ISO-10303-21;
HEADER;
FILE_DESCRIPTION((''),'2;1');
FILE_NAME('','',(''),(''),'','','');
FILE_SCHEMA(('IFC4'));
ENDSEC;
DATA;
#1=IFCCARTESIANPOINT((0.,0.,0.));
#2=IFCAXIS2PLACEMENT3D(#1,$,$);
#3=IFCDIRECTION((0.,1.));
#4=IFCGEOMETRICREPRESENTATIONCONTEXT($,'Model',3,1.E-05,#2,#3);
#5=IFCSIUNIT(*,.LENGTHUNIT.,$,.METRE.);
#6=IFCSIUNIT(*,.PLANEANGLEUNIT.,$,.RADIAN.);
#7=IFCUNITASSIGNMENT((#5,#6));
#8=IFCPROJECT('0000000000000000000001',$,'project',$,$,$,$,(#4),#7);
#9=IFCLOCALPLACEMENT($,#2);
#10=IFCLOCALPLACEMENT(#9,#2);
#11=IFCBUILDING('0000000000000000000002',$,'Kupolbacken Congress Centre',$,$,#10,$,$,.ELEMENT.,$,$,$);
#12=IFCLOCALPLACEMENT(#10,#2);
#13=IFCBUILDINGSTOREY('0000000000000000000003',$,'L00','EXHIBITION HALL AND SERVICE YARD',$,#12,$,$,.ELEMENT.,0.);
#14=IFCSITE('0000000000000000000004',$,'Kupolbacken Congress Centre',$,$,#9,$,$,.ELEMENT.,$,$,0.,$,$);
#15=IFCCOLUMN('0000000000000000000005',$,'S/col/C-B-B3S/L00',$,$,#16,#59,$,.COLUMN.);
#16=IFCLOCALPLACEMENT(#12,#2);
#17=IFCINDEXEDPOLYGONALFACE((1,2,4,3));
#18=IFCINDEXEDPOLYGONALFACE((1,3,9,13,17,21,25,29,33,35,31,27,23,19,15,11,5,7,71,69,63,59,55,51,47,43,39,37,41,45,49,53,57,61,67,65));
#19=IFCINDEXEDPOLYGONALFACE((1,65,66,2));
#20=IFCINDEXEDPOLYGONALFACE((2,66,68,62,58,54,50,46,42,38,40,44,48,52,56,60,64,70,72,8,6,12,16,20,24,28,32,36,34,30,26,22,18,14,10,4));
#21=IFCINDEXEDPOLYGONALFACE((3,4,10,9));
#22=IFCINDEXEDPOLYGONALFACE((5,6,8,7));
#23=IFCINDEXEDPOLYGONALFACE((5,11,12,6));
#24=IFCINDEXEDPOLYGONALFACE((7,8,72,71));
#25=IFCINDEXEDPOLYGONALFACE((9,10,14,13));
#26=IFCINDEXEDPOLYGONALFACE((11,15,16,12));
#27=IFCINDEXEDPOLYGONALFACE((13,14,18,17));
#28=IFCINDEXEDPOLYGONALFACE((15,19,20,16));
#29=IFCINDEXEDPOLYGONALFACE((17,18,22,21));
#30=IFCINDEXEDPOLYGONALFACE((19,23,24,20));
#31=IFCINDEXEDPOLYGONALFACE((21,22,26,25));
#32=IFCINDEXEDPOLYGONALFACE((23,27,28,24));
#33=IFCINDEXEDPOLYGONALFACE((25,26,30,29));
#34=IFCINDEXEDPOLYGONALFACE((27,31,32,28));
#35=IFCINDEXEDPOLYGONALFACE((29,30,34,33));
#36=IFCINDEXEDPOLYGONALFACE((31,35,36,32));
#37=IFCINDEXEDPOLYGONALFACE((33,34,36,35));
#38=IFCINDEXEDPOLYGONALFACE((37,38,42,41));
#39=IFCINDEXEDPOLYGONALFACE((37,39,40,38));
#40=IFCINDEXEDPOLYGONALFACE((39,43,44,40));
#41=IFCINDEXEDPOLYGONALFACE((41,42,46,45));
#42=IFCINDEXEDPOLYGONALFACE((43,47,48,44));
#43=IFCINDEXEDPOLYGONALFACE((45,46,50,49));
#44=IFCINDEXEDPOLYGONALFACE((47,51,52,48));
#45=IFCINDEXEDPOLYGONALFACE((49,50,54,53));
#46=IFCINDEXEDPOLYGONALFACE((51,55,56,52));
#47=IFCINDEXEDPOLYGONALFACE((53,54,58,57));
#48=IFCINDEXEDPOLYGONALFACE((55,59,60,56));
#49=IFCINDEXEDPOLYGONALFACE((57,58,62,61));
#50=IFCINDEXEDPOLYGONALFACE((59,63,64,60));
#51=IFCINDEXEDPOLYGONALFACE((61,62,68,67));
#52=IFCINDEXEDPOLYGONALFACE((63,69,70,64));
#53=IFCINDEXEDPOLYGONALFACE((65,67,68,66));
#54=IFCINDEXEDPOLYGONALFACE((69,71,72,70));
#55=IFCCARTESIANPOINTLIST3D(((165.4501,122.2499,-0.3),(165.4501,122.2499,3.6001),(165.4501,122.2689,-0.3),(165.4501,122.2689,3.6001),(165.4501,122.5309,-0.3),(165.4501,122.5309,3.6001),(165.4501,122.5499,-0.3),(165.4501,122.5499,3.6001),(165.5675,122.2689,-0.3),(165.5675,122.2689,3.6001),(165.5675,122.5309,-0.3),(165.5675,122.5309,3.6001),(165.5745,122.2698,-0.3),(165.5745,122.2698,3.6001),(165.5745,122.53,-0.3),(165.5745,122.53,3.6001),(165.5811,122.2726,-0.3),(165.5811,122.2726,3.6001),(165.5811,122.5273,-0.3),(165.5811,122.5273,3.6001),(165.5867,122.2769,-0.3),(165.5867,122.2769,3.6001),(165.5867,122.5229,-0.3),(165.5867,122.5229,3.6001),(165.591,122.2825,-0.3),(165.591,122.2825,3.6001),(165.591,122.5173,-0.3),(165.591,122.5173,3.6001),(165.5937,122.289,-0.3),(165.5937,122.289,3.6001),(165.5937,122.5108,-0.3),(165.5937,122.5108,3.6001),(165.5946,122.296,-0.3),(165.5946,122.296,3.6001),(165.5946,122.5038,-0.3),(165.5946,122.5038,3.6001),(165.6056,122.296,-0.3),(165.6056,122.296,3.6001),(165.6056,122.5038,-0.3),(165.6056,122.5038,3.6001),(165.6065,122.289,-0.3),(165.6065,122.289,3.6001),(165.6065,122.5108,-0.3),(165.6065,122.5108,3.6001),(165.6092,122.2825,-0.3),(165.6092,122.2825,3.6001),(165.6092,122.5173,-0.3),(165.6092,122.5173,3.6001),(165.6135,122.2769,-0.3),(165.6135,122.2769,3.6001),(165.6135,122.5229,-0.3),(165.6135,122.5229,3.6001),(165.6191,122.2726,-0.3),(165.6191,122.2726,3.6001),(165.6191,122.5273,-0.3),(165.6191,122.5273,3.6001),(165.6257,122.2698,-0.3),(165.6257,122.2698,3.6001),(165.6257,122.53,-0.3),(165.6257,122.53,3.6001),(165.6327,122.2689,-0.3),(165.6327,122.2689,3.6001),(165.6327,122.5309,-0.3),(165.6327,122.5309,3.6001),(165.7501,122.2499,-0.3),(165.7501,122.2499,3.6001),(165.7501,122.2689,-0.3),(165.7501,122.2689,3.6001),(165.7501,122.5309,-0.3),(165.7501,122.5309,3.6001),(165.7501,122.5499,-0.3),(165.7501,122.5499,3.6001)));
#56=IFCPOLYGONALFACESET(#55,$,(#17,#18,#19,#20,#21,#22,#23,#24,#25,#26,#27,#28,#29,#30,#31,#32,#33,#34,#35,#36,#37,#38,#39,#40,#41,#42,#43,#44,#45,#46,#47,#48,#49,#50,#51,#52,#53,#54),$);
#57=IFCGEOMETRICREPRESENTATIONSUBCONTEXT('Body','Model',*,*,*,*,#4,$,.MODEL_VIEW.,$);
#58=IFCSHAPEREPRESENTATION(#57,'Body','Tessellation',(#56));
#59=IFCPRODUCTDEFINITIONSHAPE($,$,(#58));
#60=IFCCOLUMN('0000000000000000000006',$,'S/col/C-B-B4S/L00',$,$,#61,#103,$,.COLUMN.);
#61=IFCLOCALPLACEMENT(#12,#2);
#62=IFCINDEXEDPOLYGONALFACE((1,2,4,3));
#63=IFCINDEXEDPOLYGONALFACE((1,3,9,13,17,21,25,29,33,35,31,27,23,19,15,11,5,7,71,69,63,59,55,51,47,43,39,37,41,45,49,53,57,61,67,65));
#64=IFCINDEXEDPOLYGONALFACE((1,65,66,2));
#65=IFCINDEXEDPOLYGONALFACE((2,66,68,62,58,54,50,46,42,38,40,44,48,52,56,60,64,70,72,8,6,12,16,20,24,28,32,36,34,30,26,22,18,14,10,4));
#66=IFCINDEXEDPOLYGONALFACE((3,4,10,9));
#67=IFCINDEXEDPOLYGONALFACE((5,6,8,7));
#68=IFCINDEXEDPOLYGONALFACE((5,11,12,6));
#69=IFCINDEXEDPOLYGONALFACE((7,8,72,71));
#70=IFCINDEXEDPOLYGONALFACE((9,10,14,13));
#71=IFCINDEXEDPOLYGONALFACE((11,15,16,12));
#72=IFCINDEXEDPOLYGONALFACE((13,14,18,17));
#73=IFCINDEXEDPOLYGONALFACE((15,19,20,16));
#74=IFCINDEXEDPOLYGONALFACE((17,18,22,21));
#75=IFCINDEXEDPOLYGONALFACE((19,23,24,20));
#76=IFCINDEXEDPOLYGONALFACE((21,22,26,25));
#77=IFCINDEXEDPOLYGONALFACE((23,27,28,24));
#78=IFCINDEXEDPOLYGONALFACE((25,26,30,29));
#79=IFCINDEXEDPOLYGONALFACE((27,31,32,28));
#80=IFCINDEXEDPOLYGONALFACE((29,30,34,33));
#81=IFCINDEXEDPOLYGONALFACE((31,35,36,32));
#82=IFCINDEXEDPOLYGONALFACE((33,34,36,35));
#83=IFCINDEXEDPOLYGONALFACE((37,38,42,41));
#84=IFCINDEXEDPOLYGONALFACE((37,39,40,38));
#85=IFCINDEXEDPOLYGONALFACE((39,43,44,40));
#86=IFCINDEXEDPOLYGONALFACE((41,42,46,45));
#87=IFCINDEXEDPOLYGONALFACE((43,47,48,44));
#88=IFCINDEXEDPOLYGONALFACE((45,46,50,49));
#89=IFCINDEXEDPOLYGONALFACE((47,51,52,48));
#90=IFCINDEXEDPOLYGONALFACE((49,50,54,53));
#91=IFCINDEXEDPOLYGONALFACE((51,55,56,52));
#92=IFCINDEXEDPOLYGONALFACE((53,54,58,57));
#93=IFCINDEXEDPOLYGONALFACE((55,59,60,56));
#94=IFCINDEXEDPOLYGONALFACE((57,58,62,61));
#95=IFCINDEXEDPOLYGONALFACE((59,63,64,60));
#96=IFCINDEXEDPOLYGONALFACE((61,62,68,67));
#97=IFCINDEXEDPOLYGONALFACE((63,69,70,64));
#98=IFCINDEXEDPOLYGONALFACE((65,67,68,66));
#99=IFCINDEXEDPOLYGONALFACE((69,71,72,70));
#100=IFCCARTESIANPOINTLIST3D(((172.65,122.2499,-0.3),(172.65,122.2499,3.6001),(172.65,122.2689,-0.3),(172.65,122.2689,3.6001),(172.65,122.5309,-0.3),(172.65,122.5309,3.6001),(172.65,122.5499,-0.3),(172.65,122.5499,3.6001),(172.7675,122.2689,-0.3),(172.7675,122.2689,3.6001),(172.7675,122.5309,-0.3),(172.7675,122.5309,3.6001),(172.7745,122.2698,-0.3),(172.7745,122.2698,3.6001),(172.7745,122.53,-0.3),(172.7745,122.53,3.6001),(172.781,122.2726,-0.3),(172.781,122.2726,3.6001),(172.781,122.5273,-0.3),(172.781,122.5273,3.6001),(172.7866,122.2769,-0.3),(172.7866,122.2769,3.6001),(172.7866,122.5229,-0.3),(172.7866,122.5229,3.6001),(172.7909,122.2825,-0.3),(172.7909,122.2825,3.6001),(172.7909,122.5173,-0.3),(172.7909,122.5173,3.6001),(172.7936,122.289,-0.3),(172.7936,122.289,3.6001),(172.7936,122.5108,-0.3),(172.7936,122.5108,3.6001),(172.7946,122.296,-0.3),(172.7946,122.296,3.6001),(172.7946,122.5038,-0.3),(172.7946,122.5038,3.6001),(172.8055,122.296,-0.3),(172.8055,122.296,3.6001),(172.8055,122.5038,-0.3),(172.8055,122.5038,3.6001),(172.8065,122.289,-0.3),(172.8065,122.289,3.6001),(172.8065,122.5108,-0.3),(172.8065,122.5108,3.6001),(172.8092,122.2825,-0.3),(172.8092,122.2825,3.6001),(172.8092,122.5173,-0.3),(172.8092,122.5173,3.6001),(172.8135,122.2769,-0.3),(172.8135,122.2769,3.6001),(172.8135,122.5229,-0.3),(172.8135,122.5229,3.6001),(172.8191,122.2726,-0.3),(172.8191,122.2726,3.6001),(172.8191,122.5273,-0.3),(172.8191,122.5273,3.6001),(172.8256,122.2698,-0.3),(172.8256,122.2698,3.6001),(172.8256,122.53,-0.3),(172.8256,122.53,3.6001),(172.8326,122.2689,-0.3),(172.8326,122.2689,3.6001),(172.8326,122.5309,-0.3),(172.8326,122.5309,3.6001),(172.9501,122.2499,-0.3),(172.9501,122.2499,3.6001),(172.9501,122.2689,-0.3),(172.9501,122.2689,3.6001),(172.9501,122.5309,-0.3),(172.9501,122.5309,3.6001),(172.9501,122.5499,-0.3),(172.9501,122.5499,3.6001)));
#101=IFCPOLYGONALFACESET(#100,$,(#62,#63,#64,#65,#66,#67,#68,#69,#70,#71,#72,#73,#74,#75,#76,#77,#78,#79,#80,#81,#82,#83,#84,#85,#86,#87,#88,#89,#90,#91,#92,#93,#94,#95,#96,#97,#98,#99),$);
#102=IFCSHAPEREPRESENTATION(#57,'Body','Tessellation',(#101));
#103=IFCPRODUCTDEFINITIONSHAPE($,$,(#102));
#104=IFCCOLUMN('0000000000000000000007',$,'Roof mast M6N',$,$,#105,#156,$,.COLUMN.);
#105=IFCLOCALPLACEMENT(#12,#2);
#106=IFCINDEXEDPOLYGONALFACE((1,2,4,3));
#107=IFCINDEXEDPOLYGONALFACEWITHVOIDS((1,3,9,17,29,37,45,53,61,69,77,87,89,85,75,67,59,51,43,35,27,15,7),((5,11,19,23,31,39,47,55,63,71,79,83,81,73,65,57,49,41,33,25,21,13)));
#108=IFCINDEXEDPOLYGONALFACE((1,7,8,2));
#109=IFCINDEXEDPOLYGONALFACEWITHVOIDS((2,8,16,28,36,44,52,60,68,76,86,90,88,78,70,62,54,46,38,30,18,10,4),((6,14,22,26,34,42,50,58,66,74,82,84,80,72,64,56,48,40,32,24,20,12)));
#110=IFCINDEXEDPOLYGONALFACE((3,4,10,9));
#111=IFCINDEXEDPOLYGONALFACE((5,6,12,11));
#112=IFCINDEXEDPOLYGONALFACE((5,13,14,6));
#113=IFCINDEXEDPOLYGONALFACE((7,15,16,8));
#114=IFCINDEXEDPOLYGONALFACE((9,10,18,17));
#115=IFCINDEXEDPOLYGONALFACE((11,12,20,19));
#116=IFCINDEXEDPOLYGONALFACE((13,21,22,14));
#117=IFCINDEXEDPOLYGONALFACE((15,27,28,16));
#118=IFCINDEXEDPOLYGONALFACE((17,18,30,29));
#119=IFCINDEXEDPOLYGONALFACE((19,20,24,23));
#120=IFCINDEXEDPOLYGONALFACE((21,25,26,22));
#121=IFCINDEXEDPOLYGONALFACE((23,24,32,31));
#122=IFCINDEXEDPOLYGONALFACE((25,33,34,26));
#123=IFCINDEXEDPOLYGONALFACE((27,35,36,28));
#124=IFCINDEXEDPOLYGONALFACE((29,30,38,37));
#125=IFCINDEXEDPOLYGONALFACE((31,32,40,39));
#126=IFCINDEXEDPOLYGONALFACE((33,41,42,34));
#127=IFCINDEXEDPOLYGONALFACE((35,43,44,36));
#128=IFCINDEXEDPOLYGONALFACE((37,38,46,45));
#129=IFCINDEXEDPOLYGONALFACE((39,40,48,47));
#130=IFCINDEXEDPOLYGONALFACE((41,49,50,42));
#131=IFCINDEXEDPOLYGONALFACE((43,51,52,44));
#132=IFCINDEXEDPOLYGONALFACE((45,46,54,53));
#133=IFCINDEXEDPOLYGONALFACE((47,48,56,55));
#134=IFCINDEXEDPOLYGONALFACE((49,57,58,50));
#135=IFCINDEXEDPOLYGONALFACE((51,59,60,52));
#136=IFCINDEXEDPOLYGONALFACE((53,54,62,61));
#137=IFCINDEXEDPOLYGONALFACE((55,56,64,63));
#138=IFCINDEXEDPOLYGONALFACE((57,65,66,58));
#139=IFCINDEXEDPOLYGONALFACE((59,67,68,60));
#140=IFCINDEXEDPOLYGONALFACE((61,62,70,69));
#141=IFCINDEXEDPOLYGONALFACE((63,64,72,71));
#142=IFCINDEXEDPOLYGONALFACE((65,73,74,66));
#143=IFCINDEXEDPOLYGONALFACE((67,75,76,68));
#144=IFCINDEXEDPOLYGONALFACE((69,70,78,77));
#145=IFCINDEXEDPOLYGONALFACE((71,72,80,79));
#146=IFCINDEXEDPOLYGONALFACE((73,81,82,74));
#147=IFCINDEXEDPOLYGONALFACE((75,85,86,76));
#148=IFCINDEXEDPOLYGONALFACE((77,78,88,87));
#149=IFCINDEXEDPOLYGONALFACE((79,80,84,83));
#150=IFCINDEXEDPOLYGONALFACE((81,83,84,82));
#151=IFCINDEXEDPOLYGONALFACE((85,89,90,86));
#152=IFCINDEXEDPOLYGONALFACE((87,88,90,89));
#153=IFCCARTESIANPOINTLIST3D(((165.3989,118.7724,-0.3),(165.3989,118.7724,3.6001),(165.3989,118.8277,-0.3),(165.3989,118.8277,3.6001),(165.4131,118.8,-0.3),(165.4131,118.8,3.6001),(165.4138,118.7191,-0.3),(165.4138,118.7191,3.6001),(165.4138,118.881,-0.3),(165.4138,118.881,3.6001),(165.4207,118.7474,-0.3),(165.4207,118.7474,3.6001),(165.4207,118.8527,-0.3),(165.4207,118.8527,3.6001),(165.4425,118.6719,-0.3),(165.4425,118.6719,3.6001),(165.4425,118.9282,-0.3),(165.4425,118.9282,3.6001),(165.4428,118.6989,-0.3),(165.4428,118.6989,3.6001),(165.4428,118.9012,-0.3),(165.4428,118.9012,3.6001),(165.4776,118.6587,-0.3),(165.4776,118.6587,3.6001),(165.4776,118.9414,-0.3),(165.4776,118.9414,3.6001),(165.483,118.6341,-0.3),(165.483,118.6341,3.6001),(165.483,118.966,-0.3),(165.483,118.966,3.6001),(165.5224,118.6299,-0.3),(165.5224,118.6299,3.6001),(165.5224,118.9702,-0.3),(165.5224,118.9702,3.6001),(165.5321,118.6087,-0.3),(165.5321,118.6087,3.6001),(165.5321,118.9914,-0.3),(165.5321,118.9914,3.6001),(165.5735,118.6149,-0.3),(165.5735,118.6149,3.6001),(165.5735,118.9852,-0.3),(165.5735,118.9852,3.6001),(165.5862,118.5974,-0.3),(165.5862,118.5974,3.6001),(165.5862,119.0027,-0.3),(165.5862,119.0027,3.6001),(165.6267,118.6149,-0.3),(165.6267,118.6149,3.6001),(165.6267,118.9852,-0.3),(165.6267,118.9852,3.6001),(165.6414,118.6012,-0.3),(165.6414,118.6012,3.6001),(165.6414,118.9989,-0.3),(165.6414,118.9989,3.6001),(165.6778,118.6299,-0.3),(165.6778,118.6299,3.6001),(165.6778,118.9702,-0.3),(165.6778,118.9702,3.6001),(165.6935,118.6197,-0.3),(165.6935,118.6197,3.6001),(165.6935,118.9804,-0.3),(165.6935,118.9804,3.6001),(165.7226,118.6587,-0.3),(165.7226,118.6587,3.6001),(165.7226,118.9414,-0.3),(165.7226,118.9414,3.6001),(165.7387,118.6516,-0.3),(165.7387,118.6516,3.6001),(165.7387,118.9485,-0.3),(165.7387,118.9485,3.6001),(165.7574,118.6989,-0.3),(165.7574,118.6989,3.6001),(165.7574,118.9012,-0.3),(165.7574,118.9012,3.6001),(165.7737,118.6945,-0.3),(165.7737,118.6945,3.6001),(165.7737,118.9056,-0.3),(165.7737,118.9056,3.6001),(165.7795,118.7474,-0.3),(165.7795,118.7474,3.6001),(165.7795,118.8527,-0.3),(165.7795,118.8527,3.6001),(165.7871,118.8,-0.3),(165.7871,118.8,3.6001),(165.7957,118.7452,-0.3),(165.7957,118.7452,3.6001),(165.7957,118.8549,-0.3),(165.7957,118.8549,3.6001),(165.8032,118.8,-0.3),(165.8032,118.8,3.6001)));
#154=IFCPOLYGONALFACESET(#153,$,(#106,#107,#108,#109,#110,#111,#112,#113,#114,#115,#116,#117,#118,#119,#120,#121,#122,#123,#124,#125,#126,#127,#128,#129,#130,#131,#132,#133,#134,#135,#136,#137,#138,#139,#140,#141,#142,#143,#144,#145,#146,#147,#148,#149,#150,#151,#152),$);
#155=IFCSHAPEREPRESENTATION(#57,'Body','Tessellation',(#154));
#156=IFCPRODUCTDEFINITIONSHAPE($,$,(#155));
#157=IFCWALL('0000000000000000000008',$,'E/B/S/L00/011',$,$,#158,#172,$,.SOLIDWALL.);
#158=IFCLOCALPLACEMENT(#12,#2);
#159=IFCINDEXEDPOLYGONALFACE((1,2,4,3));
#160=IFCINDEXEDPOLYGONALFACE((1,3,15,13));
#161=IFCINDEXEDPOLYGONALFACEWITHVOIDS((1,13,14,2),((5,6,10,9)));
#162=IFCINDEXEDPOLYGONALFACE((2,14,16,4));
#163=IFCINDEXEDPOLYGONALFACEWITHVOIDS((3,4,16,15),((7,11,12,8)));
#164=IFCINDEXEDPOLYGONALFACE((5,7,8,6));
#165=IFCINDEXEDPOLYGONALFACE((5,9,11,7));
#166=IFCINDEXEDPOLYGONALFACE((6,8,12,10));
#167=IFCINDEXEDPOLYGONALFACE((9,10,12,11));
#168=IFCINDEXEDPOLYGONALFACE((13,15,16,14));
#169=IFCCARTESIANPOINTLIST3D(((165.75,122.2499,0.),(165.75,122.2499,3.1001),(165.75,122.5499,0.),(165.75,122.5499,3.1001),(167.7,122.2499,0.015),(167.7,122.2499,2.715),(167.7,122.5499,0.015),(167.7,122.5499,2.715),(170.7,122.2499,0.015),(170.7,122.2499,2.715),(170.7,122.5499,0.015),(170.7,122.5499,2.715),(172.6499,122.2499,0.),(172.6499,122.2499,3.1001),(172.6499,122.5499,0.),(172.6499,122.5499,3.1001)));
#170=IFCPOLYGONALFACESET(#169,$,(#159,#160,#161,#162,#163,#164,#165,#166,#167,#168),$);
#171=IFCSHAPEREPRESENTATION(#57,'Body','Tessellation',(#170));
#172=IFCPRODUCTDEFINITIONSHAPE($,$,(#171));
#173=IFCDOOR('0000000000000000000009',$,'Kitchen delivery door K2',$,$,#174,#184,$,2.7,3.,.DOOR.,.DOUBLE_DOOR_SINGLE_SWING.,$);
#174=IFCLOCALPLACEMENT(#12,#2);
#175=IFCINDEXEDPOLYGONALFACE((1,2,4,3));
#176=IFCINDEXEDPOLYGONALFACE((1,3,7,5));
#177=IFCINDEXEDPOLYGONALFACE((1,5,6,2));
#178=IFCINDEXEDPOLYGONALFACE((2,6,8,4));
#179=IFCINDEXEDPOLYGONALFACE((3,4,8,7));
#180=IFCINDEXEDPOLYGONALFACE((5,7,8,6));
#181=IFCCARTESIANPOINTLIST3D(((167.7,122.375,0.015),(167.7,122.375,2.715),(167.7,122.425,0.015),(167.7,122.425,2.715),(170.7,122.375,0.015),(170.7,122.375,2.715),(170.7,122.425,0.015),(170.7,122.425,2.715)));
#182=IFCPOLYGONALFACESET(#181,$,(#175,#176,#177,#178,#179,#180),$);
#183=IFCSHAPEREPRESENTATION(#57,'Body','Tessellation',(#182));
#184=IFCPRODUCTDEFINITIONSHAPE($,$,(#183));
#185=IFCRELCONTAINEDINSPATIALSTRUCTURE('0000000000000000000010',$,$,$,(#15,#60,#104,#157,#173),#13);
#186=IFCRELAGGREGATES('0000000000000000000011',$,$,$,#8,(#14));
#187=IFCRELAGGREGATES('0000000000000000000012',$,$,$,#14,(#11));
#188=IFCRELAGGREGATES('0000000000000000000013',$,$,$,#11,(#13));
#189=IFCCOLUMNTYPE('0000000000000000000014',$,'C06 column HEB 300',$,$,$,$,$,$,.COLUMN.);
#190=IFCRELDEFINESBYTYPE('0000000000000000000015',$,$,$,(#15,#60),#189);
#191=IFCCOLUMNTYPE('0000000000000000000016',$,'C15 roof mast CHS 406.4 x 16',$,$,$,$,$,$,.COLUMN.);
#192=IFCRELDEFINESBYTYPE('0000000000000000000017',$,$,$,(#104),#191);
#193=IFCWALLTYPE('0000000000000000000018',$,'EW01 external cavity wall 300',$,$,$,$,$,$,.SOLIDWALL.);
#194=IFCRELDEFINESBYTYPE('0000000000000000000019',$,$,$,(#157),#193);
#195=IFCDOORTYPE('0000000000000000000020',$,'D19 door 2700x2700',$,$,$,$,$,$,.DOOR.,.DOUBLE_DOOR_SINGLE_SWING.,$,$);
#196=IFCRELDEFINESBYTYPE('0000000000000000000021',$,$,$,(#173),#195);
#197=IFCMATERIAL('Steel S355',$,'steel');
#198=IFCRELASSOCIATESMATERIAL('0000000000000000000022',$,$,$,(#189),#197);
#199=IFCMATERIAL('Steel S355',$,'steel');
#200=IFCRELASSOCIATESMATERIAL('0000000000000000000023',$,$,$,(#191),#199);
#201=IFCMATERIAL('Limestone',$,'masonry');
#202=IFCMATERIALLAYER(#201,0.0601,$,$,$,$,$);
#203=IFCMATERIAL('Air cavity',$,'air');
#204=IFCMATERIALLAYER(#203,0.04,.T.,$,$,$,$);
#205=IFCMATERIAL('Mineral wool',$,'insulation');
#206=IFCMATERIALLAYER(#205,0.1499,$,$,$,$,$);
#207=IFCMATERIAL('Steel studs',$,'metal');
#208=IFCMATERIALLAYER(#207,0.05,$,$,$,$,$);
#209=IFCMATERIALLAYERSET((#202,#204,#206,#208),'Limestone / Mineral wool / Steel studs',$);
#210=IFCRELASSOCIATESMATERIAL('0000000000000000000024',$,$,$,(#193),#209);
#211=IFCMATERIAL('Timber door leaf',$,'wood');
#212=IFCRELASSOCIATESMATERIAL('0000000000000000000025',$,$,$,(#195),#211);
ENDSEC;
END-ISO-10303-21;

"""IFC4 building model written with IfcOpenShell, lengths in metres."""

from ifc_helpers import new_model, si_unit, direction, frame, frame_2d, origin, origin_2d, place, context, subcontext, project, spatial, rectangle, hollow_circle, i_section, extrude, material, layer, layer_set, material_profile, profile_set, type_object, element, fill, save


model = new_model("IFC4")

# Units and contexts
model_context = context("Model", 3, precision=1e-05, world=origin(), true_north=direction((0.0, 1.0)))
body_context = subcontext(model_context, "Body", "Model", "MODEL_VIEW")
ifc_project = project(units=[si_unit("LENGTHUNIT", "METRE"), si_unit("PLANEANGLEUNIT", "RADIAN")], contexts=[model_context])

# Site, building, storey
site_placement = place(None, origin())
site = spatial("IfcSite", under=ifc_project, at=site_placement, Name="Kupolbacken Congress Centre", CompositionType="ELEMENT", RefElevation=0.0)
building_placement = place(site_placement, origin())
building = spatial("IfcBuilding", under=site, at=building_placement, Name="Kupolbacken Congress Centre", CompositionType="ELEMENT")
storey_placement = place(building_placement, origin())
storey = spatial("IfcBuildingStorey", under=building, at=storey_placement, Name="L00", Description="EXHIBITION HALL AND SERVICE YARD", CompositionType="ELEMENT", Elevation=0.0)

# Columns
ifc_material_1 = material(Name="Steel S355", Category="steel")
ifc_material_profile_1 = material_profile(ifc_material_1, i_section(OverallWidth=0.3, OverallDepth=0.3, WebThickness=0.011, FlangeThickness=0.019, FilletRadius=0.0271, at=origin_2d()), Name="HEB 300")
ifc_profile_set_1 = profile_set([ifc_material_profile_1], Name="Steel S355")
column_type_1 = type_object("IfcColumnType", Name="C06 column HEB 300", PredefinedType="COLUMN", material=ifc_profile_set_1)
for number, where, z_axis, x_axis, name in (
    (1, (165.6001, 122.3999, -0.3), (0.0, 0.0, 1.0), (1.0, 0.0, 0.0), "S/col/C-B-B3S/L00"),
    (2, (172.8, 122.3999, -0.3), (0.0, 0.0, 1.0), (1.0, 0.0, 0.0), "S/col/C-B-B4S/L00"),
):
    element("IfcColumn", number, at=place(storey_placement, frame(where, z_axis=z_axis, x_axis=x_axis)), inside=storey, type_object=column_type_1, Name=name, PredefinedType="COLUMN", context=body_context, shape_type="SweptSolid", body=[
        extrude(i_section(OverallWidth=0.3, OverallDepth=0.3, WebThickness=0.011, FlangeThickness=0.019, FilletRadius=0.0271, at=origin_2d()), origin(), (0.0, 0.0, 1.0), 3.9001),
    ])
ifc_material_2 = material(Name="Steel S355", Category="steel")
ifc_material_profile_2 = material_profile(ifc_material_2, hollow_circle(Radius=0.2031, WallThickness=0.0161, at=origin_2d()), Name="CHS 406.4 x 16")
ifc_profile_set_2 = profile_set([ifc_material_profile_2], Name="Steel S355")
column_type_2 = type_object("IfcColumnType", Name="C15 roof mast CHS 406.4 x 16", PredefinedType="COLUMN", material=ifc_profile_set_2)
column_placement = place(storey_placement, frame((165.6001, 118.8, -0.3), z_axis=(0.0, 0.0, 1.0), x_axis=(1.0, 0.0, 0.0)))
element("IfcColumn", 3, at=column_placement, inside=storey, type_object=column_type_2, Name="Roof mast M6N", PredefinedType="COLUMN", context=body_context, shape_type="SweptSolid", body=[
    extrude(hollow_circle(Radius=0.2031, WallThickness=0.0161, at=origin_2d()), origin(), (0.0, 0.0, 1.0), 3.9001),
])

# Wall, opening, door
ifc_material_3 = material(Name="Limestone", Category="masonry")
ifc_layer_1 = layer(ifc_material_3, 0.0601)
ifc_material_4 = material(Name="Air cavity", Category="air")
ifc_layer_2 = layer(ifc_material_4, 0.04, ventilated=True)
ifc_material_5 = material(Name="Mineral wool", Category="insulation")
ifc_layer_3 = layer(ifc_material_5, 0.1499)
ifc_material_6 = material(Name="Steel studs", Category="metal")
ifc_layer_4 = layer(ifc_material_6, 0.05)
ifc_layer_set_1 = layer_set([ifc_layer_1, ifc_layer_2, ifc_layer_3, ifc_layer_4], Name="Limestone / Mineral wool / Steel studs")
wall_type_1 = type_object("IfcWallType", Name="EW01 external cavity wall 300", PredefinedType="SOLIDWALL", material=ifc_layer_set_1)
wall_1_placement = place(storey_placement, frame((165.75, 122.3999, 0.0), z_axis=(0.0, 0.0, 1.0), x_axis=(1.0, 0.0, 0.0)))
wall_1 = element("IfcWall", 4, at=wall_1_placement, inside=storey, type_object=wall_type_1, Name="E/B/S/L00/011", PredefinedType="SOLIDWALL", context=body_context, shape_type="SweptSolid", body=[
    extrude(rectangle(XDim=6.8999, YDim=0.3, at=frame_2d((3.45, 0.0))), origin(), (0.0, 0.0, 1.0), 3.1001),
])
opening_1_placement = place(wall_1_placement, frame((1.95, 0.0, 0.0149)))
opening_1 = element("IfcOpeningElement", 5, at=opening_1_placement, cuts=wall_1, PredefinedType="OPENING", context=body_context, shape_type="SweptSolid", body=[
    extrude(rectangle(XDim=3.0, YDim=2.7, at=frame_2d((1.5, 1.3501))), frame((0.0, 0.1599, 0.0), z_axis=(0.0, -1.0, 0.0), x_axis=(1.0, 0.0, 0.0)), (0.0, 0.0, 1.0), 0.3201),
])
ifc_material_7 = material(Name="Timber door leaf", Category="wood")
door_type_1 = type_object("IfcDoorType", Name="D19 door 2700x2700", OperationType="DOUBLE_DOOR_SINGLE_SWING", PredefinedType="DOOR", material=ifc_material_7)
door_1_placement = place(opening_1_placement, frame((3.0, 0.0, 0.0), z_axis=(0.0, 0.0, 1.0), x_axis=(-1.0, 0.0, 0.0)))
door_1 = element("IfcDoor", 6, at=door_1_placement, inside=storey, type_object=door_type_1, Name="Kitchen delivery door K2", OperationType="DOUBLE_DOOR_SINGLE_SWING", OverallHeight=2.7, OverallWidth=3.0, PredefinedType="DOOR", context=body_context, shape_type="SweptSolid", body=[
    extrude(rectangle(XDim=3.0, YDim=2.7, at=frame_2d((1.5, 1.3501))), frame((0.0, 0.0249, 0.0), z_axis=(0.0, -1.0, 0.0), x_axis=(1.0, 0.0, 0.0)), (0.0, 0.0, 1.0), 0.05),
])
fill(opening_1, door_1)

save(model, "model.ifc")
